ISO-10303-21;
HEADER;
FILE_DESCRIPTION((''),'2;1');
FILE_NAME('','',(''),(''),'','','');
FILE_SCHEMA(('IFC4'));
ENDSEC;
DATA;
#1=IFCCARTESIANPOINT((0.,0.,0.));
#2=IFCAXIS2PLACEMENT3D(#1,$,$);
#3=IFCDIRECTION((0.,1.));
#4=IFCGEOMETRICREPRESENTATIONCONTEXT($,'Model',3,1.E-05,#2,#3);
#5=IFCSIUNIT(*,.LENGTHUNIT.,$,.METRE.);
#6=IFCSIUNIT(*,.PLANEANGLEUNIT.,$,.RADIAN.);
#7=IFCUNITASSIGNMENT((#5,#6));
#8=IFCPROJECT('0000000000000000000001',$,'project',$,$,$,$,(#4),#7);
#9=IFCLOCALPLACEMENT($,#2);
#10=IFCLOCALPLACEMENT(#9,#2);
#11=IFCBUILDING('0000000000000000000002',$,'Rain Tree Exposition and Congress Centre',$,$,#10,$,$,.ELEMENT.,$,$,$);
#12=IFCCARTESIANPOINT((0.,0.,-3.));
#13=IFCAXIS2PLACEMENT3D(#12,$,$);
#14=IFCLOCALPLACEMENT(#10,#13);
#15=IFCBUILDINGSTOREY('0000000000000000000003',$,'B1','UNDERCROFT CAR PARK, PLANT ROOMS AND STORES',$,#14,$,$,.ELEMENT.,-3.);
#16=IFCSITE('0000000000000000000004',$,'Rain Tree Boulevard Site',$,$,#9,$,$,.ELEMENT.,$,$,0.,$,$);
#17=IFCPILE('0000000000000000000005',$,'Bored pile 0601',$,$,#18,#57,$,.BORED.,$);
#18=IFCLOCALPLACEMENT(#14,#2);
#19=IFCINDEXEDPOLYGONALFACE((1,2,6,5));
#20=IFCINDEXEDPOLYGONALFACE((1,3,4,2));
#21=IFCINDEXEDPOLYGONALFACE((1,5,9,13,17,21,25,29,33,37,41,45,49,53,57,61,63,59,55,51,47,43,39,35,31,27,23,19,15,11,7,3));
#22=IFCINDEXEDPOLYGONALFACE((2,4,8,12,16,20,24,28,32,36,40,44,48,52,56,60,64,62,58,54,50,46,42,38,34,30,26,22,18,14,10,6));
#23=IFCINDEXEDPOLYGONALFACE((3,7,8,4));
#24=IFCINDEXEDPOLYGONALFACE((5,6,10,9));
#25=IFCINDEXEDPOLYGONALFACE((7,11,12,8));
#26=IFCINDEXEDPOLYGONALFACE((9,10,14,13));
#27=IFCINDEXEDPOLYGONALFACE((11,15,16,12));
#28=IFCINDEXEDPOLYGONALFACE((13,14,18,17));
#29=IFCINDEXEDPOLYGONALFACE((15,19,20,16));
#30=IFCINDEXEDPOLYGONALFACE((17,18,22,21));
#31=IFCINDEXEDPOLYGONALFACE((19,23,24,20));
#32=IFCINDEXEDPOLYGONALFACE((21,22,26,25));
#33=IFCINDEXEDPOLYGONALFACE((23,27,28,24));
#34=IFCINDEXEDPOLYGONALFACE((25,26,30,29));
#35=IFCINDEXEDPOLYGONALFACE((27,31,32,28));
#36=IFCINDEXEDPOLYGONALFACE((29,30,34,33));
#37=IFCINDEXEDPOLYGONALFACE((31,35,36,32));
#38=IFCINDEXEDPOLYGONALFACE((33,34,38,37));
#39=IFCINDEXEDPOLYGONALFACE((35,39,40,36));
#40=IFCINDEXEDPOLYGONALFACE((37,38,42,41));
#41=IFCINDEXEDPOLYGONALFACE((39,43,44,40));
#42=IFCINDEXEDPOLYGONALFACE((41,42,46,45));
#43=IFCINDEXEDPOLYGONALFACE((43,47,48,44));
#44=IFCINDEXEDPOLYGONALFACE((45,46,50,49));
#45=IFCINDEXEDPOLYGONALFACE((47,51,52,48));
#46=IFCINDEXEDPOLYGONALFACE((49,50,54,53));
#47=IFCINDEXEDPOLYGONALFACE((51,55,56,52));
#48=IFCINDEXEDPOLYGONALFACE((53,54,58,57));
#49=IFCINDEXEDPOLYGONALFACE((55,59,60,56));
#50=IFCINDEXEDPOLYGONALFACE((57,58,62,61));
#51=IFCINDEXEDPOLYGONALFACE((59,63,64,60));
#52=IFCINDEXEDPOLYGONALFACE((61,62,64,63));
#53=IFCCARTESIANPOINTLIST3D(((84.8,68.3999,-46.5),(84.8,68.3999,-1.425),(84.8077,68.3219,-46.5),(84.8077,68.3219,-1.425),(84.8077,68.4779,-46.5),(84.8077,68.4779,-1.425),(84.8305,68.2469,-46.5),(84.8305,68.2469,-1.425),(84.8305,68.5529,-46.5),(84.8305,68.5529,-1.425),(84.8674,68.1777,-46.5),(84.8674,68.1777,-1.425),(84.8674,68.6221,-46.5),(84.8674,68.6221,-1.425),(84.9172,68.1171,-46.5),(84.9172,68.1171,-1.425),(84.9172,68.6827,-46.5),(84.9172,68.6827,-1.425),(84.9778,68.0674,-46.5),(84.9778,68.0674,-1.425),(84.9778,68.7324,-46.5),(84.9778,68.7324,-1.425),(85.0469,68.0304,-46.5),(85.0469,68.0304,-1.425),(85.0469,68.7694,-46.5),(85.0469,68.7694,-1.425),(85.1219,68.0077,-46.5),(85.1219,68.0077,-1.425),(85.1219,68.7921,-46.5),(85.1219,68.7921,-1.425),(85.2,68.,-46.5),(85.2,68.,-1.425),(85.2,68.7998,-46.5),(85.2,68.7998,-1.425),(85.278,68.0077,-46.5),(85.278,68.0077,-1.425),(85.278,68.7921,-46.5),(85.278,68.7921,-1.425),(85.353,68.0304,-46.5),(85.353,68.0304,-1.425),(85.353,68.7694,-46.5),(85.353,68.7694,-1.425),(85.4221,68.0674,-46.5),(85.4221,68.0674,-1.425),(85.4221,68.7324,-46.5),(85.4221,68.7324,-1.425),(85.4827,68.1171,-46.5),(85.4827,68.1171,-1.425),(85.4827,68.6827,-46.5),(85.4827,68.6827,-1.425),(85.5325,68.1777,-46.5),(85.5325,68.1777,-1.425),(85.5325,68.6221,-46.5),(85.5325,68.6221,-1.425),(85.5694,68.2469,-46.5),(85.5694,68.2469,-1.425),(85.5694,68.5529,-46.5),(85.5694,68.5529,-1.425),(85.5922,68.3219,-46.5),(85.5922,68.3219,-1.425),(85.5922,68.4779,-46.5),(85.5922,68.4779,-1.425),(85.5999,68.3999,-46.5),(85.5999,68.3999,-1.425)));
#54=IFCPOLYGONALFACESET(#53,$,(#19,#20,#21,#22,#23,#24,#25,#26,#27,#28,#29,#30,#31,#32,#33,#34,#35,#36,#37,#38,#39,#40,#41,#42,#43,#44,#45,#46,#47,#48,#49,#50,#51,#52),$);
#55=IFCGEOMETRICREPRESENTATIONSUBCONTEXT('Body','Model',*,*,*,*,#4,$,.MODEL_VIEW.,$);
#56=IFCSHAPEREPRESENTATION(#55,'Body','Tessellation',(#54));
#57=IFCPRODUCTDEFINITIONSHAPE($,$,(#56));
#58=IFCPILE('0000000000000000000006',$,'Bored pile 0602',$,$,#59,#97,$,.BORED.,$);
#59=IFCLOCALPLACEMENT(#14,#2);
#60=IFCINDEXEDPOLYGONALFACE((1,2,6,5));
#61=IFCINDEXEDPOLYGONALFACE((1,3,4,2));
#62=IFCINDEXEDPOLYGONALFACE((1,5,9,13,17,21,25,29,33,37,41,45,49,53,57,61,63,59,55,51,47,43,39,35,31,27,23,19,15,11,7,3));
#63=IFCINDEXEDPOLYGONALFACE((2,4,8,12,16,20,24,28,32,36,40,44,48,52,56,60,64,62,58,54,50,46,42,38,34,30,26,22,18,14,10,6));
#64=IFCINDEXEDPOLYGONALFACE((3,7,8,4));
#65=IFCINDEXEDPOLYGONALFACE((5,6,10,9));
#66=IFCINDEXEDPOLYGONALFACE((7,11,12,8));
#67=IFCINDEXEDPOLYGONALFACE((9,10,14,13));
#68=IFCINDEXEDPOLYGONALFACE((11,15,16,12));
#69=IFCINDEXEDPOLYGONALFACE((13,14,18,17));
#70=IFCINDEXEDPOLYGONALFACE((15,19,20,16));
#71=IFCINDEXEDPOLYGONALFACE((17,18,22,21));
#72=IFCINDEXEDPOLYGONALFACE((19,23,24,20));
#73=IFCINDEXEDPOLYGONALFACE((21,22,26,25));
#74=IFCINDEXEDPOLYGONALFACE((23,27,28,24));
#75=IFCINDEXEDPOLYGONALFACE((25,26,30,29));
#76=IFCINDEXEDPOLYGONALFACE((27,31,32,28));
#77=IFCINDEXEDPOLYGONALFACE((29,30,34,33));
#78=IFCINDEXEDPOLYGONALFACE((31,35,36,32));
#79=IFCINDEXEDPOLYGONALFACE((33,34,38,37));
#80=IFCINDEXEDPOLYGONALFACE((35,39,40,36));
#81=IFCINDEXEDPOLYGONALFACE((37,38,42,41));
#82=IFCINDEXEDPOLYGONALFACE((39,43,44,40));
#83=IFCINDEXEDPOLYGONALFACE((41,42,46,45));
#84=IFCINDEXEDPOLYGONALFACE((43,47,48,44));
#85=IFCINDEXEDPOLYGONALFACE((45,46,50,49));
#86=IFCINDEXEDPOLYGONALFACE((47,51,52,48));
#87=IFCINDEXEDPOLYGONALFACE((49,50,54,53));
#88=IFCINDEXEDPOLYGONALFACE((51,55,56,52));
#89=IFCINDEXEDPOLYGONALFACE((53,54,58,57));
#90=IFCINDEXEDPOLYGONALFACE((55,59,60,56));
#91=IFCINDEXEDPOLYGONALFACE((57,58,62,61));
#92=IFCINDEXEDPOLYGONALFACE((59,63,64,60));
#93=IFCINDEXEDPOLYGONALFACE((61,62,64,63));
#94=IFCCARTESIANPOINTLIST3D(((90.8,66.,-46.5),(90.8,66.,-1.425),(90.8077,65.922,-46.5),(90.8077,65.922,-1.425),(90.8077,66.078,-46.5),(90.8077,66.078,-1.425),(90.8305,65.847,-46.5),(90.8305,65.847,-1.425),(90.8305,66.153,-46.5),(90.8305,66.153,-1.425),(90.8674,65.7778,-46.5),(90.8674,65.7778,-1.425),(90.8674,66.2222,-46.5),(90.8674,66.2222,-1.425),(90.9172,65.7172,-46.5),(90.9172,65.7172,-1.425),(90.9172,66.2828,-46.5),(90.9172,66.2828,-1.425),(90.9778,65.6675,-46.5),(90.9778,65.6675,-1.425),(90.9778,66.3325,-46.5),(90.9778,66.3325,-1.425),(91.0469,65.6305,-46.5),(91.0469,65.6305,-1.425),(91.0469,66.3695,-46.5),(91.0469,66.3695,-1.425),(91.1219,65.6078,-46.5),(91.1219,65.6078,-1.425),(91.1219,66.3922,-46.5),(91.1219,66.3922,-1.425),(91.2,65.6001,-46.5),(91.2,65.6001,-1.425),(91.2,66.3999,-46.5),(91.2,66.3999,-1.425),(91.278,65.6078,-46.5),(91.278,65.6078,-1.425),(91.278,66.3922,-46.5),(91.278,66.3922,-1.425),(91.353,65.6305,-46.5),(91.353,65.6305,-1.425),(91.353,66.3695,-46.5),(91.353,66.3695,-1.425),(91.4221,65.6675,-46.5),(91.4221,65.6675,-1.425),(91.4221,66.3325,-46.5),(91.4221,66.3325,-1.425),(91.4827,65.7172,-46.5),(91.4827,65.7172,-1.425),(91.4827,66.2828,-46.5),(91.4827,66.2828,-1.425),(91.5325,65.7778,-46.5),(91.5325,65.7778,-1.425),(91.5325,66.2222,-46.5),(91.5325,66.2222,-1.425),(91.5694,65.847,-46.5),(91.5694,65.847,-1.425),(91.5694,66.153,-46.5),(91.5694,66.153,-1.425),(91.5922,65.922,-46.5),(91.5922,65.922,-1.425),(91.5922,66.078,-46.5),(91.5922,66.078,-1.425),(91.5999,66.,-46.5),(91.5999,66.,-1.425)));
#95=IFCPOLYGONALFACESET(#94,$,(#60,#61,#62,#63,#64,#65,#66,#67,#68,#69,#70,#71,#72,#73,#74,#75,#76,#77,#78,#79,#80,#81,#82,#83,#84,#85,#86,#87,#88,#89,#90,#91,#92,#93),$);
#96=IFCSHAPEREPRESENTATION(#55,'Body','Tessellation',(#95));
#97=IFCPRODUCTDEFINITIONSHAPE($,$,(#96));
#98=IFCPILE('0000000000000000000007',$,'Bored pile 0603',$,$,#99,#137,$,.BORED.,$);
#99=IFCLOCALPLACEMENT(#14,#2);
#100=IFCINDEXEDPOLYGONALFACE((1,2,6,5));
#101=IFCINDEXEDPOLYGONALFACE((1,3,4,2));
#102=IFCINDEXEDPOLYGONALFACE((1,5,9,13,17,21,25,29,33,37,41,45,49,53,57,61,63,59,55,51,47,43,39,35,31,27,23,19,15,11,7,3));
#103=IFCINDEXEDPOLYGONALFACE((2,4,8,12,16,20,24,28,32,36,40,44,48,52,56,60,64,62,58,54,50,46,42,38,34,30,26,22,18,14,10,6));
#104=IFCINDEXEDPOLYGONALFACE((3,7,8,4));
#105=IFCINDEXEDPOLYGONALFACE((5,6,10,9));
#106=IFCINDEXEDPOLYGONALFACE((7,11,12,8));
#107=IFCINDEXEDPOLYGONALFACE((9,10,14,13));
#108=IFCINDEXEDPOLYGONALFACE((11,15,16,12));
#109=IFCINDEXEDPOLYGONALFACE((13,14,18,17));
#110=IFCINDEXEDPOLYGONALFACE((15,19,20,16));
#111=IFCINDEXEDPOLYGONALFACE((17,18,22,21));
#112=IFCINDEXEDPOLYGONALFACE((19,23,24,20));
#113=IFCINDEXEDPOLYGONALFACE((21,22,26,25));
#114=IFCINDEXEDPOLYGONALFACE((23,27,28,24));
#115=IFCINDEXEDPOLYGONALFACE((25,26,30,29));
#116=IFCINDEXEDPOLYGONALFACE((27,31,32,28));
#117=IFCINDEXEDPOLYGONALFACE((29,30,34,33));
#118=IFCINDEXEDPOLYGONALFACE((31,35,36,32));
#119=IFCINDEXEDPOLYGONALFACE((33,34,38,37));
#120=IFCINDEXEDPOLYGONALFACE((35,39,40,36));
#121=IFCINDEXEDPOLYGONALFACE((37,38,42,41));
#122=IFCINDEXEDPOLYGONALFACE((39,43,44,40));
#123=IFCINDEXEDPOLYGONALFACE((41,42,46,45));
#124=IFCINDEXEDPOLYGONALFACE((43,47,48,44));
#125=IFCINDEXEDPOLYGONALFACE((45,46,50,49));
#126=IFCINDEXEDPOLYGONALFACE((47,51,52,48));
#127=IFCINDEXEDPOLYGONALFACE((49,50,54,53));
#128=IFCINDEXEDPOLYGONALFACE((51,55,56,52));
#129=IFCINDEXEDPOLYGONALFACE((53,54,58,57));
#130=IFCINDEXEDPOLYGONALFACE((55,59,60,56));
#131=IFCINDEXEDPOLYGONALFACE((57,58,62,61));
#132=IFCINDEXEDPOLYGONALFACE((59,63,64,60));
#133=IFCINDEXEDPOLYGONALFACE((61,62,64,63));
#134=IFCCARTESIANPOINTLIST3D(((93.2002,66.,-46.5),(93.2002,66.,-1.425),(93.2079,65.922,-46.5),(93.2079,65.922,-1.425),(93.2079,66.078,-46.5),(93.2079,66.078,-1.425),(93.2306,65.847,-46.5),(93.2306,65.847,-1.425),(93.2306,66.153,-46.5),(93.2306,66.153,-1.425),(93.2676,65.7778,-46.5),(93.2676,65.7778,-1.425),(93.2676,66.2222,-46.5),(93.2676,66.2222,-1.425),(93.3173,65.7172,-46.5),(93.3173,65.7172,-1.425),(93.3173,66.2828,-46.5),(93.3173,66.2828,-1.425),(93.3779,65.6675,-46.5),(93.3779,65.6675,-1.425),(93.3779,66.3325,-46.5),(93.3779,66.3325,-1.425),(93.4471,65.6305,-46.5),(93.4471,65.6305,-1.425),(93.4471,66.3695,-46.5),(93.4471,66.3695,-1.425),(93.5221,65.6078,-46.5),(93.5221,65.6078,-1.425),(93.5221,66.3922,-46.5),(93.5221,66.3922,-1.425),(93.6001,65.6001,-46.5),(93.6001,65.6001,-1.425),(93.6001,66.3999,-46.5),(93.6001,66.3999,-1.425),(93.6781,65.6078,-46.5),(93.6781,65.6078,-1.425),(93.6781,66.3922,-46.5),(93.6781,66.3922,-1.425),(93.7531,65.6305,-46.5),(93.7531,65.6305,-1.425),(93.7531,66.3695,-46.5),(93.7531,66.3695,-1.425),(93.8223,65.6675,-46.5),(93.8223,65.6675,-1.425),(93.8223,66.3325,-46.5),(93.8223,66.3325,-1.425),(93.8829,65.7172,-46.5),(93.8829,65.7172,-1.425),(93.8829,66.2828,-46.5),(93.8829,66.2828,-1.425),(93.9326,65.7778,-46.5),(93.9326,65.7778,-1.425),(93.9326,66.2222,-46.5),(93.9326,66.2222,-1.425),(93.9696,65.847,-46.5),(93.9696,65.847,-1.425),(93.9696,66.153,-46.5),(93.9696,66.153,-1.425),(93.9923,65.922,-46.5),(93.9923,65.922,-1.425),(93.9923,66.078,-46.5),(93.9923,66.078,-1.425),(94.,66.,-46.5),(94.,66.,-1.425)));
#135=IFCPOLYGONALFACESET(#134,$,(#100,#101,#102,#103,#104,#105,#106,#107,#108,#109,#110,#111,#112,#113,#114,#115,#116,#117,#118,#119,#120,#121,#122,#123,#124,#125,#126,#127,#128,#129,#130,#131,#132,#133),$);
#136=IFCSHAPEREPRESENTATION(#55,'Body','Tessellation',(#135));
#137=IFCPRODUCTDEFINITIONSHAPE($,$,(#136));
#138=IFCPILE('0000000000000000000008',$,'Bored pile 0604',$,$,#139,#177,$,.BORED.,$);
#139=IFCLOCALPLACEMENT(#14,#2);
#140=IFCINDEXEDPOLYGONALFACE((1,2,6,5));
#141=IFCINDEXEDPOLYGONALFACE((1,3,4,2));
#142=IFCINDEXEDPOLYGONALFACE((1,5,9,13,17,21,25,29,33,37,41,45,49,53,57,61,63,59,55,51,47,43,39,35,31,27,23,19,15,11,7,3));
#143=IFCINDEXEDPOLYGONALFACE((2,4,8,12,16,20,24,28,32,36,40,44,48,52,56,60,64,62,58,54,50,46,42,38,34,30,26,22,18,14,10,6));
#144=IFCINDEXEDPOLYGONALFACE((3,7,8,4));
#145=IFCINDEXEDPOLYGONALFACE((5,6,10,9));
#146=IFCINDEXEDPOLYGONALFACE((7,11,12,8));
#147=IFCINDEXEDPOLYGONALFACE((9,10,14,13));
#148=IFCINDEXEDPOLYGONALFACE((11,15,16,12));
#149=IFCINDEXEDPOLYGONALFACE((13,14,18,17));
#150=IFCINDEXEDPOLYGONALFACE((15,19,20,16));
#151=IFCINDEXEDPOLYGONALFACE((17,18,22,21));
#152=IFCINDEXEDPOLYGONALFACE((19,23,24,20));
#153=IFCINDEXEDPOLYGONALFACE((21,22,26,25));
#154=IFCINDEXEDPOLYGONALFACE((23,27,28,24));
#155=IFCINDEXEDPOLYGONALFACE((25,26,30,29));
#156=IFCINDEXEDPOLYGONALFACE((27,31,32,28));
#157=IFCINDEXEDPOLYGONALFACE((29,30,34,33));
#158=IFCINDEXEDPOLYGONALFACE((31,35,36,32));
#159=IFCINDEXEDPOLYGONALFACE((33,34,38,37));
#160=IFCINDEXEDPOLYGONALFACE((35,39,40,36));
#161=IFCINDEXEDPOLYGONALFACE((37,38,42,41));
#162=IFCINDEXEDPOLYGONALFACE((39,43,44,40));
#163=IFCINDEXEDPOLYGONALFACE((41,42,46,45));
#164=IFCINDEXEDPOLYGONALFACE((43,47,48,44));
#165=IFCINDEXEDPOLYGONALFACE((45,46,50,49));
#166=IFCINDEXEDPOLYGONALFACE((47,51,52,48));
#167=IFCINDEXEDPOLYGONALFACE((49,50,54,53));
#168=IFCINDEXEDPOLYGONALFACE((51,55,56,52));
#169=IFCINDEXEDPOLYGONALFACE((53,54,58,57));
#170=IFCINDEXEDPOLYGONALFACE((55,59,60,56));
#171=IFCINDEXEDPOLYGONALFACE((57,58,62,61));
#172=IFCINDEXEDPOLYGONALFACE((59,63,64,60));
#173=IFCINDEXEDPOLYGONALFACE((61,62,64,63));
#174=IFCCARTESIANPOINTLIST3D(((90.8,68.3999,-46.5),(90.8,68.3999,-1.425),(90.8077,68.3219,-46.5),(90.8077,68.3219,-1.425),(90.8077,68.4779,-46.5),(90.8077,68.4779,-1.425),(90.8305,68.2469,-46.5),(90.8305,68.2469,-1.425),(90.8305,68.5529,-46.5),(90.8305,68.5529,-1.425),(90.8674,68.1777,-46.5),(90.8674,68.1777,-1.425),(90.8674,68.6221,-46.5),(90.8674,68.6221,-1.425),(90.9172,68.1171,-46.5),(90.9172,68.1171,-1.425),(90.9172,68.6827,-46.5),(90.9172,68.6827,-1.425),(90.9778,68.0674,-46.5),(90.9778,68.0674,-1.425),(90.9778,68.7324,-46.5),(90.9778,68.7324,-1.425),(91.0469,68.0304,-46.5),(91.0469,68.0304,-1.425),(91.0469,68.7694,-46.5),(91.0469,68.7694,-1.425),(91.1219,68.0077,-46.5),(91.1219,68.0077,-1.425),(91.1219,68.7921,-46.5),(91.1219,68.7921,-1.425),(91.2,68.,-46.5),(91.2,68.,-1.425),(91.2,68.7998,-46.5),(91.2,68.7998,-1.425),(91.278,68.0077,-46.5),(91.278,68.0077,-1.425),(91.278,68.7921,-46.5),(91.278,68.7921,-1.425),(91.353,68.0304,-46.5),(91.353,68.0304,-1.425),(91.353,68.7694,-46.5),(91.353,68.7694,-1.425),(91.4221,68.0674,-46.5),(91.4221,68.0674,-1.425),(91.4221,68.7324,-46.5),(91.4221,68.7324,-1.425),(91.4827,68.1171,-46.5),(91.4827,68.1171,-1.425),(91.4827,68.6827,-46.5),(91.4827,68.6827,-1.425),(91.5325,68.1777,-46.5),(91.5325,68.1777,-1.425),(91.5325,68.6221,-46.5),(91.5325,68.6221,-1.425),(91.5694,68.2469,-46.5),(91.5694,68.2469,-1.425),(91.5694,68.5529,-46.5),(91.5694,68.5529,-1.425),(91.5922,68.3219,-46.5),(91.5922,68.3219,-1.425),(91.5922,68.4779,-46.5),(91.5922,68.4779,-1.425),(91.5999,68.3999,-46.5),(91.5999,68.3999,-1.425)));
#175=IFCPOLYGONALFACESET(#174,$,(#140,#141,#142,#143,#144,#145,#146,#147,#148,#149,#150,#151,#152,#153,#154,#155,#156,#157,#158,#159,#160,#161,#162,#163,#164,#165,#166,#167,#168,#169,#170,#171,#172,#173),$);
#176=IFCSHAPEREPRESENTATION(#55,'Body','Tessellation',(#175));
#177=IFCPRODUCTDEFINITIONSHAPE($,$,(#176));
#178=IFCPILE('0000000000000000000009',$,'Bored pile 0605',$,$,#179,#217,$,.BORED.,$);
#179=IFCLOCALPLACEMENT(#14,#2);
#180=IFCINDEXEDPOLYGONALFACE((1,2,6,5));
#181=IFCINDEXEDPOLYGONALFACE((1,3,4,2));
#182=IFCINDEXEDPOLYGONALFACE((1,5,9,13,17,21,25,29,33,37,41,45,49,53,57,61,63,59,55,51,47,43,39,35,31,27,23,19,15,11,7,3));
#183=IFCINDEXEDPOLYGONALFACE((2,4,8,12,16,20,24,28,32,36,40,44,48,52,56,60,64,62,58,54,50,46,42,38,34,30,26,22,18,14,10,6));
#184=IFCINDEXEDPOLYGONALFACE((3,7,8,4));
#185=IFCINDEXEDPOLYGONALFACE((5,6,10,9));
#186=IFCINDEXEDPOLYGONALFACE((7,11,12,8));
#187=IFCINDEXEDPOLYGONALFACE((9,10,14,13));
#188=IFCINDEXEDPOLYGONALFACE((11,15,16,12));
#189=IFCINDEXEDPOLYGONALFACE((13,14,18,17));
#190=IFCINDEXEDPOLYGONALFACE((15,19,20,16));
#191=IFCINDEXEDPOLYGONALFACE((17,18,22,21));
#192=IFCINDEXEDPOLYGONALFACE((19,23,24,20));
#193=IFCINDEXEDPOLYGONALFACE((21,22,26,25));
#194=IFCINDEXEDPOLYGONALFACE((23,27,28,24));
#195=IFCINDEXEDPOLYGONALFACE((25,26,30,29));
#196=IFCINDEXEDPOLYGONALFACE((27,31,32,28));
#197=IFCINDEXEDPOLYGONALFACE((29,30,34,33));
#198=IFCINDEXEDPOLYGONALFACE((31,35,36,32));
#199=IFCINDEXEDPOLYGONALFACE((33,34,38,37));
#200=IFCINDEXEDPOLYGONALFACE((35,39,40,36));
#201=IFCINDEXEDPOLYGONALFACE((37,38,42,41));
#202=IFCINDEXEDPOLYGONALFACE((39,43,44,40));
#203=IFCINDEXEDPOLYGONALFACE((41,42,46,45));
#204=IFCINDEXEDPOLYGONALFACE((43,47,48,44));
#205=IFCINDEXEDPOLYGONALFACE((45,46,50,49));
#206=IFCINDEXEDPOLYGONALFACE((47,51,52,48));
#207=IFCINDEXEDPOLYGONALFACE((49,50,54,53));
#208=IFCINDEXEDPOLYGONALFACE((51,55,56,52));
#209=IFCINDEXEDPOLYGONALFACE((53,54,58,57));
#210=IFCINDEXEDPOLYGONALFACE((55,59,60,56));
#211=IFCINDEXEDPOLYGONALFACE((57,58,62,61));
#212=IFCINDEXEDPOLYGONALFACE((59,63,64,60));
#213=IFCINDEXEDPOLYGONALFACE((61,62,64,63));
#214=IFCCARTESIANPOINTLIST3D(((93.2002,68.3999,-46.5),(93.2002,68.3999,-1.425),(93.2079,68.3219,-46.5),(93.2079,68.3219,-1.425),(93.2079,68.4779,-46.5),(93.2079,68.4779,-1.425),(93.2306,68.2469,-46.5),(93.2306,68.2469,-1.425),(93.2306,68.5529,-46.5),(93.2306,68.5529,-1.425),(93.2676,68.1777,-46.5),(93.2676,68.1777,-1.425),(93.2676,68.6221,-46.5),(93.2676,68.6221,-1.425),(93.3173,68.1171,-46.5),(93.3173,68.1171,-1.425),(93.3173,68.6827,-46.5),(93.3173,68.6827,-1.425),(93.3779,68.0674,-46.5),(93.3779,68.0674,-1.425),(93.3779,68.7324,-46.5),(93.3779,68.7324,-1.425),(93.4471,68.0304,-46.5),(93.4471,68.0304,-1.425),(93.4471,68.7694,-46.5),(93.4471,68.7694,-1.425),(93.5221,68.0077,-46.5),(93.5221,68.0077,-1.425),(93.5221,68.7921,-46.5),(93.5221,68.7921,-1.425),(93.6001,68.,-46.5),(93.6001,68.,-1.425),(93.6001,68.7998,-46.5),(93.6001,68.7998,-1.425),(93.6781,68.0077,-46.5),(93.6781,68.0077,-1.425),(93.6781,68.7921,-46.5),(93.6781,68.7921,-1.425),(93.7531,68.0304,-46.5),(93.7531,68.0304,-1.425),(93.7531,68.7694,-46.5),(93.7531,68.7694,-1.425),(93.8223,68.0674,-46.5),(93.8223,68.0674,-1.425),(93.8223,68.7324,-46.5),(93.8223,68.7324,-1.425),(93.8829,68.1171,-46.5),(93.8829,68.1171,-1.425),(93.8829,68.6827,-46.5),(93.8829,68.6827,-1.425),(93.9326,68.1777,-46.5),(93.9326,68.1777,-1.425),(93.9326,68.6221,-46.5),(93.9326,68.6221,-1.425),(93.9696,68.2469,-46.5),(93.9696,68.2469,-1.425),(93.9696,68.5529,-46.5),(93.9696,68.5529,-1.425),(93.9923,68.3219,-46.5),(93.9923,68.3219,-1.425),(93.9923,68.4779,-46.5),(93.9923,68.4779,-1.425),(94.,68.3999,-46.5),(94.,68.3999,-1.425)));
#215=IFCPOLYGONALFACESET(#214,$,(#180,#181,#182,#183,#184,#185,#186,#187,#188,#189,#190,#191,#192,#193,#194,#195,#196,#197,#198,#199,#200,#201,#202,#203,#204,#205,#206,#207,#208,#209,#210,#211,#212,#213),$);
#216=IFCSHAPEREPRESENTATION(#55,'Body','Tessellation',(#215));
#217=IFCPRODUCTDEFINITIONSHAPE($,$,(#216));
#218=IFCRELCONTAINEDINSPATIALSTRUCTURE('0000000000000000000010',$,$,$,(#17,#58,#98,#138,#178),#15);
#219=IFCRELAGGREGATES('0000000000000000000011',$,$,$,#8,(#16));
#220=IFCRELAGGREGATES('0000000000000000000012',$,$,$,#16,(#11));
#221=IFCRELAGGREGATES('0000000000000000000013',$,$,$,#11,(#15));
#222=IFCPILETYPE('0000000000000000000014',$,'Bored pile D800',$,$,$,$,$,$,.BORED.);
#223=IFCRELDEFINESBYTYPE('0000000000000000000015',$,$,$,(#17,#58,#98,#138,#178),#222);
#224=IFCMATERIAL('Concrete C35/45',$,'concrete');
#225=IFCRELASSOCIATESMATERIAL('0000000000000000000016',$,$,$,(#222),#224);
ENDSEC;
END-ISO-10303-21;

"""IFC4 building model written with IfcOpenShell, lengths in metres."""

from ifc_helpers import new_model, si_unit, direction, frame, origin, origin_2d, place, context, subcontext, project, spatial, circle, extrude, material, material_profile, profile_set, type_object, element, save


model = new_model("IFC4")

# Units and contexts
model_context = context("Model", 3, precision=1e-05, world=origin(), true_north=direction((0.0, 1.0)))
body_context = subcontext(model_context, "Body", "Model", "MODEL_VIEW")
ifc_project = project(units=[si_unit("LENGTHUNIT", "METRE"), si_unit("PLANEANGLEUNIT", "RADIAN")], contexts=[model_context])

# Site, building, storey
site_placement = place(None, origin())
site = spatial("IfcSite", under=ifc_project, at=site_placement, Name="Rain Tree Boulevard Site", CompositionType="ELEMENT", RefElevation=0.0)
building_placement = place(site_placement, origin())
building = spatial("IfcBuilding", under=site, at=building_placement, Name="Rain Tree Exposition and Congress Centre", CompositionType="ELEMENT")
storey_placement = place(building_placement, frame((0.0, 0.0, -3.0)))
storey = spatial("IfcBuildingStorey", under=building, at=storey_placement, Name="B1", Description="UNDERCROFT CAR PARK, PLANT ROOMS AND STORES", CompositionType="ELEMENT", Elevation=-3.0)

# Piles
ifc_material_1 = material(Name="Concrete C35/45", Category="concrete")
ifc_material_profile_1 = material_profile(ifc_material_1, circle(Radius=0.3999, at=origin_2d()), Name="D800")
ifc_profile_set_1 = profile_set([ifc_material_profile_1], Name="Concrete C35/45")
pile_type_1 = type_object("IfcPileType", Name="Bored pile D800", PredefinedType="BORED", material=ifc_profile_set_1)
for number, where, z_axis, x_axis, name in (
    (1, (85.2, 68.3999, -1.425), (0.0, 0.0, -1.0), (1.0, 0.0, 0.0), "Bored pile 0601"),
    (2, (91.2, 66.0, -1.425), (0.0, 0.0, -1.0), (1.0, 0.0, 0.0), "Bored pile 0602"),
    (3, (93.6001, 66.0, -1.425), (0.0, 0.0, -1.0), (1.0, 0.0, 0.0), "Bored pile 0603"),
    (4, (91.2, 68.3999, -1.425), (0.0, 0.0, -1.0), (1.0, 0.0, 0.0), "Bored pile 0604"),
    (5, (93.6001, 68.3999, -1.425), (0.0, 0.0, -1.0), (1.0, 0.0, 0.0), "Bored pile 0605"),
):
    element("IfcPile", number, at=place(storey_placement, frame(where, z_axis=z_axis, x_axis=x_axis)), inside=storey, type_object=pile_type_1, Name=name, PredefinedType="BORED", context=body_context, shape_type="SweptSolid", body=[
        extrude(circle(Radius=0.3999, at=origin_2d()), origin(), (0.0, 0.0, 1.0), 45.075),
    ])

save(model, "model.ifc")
